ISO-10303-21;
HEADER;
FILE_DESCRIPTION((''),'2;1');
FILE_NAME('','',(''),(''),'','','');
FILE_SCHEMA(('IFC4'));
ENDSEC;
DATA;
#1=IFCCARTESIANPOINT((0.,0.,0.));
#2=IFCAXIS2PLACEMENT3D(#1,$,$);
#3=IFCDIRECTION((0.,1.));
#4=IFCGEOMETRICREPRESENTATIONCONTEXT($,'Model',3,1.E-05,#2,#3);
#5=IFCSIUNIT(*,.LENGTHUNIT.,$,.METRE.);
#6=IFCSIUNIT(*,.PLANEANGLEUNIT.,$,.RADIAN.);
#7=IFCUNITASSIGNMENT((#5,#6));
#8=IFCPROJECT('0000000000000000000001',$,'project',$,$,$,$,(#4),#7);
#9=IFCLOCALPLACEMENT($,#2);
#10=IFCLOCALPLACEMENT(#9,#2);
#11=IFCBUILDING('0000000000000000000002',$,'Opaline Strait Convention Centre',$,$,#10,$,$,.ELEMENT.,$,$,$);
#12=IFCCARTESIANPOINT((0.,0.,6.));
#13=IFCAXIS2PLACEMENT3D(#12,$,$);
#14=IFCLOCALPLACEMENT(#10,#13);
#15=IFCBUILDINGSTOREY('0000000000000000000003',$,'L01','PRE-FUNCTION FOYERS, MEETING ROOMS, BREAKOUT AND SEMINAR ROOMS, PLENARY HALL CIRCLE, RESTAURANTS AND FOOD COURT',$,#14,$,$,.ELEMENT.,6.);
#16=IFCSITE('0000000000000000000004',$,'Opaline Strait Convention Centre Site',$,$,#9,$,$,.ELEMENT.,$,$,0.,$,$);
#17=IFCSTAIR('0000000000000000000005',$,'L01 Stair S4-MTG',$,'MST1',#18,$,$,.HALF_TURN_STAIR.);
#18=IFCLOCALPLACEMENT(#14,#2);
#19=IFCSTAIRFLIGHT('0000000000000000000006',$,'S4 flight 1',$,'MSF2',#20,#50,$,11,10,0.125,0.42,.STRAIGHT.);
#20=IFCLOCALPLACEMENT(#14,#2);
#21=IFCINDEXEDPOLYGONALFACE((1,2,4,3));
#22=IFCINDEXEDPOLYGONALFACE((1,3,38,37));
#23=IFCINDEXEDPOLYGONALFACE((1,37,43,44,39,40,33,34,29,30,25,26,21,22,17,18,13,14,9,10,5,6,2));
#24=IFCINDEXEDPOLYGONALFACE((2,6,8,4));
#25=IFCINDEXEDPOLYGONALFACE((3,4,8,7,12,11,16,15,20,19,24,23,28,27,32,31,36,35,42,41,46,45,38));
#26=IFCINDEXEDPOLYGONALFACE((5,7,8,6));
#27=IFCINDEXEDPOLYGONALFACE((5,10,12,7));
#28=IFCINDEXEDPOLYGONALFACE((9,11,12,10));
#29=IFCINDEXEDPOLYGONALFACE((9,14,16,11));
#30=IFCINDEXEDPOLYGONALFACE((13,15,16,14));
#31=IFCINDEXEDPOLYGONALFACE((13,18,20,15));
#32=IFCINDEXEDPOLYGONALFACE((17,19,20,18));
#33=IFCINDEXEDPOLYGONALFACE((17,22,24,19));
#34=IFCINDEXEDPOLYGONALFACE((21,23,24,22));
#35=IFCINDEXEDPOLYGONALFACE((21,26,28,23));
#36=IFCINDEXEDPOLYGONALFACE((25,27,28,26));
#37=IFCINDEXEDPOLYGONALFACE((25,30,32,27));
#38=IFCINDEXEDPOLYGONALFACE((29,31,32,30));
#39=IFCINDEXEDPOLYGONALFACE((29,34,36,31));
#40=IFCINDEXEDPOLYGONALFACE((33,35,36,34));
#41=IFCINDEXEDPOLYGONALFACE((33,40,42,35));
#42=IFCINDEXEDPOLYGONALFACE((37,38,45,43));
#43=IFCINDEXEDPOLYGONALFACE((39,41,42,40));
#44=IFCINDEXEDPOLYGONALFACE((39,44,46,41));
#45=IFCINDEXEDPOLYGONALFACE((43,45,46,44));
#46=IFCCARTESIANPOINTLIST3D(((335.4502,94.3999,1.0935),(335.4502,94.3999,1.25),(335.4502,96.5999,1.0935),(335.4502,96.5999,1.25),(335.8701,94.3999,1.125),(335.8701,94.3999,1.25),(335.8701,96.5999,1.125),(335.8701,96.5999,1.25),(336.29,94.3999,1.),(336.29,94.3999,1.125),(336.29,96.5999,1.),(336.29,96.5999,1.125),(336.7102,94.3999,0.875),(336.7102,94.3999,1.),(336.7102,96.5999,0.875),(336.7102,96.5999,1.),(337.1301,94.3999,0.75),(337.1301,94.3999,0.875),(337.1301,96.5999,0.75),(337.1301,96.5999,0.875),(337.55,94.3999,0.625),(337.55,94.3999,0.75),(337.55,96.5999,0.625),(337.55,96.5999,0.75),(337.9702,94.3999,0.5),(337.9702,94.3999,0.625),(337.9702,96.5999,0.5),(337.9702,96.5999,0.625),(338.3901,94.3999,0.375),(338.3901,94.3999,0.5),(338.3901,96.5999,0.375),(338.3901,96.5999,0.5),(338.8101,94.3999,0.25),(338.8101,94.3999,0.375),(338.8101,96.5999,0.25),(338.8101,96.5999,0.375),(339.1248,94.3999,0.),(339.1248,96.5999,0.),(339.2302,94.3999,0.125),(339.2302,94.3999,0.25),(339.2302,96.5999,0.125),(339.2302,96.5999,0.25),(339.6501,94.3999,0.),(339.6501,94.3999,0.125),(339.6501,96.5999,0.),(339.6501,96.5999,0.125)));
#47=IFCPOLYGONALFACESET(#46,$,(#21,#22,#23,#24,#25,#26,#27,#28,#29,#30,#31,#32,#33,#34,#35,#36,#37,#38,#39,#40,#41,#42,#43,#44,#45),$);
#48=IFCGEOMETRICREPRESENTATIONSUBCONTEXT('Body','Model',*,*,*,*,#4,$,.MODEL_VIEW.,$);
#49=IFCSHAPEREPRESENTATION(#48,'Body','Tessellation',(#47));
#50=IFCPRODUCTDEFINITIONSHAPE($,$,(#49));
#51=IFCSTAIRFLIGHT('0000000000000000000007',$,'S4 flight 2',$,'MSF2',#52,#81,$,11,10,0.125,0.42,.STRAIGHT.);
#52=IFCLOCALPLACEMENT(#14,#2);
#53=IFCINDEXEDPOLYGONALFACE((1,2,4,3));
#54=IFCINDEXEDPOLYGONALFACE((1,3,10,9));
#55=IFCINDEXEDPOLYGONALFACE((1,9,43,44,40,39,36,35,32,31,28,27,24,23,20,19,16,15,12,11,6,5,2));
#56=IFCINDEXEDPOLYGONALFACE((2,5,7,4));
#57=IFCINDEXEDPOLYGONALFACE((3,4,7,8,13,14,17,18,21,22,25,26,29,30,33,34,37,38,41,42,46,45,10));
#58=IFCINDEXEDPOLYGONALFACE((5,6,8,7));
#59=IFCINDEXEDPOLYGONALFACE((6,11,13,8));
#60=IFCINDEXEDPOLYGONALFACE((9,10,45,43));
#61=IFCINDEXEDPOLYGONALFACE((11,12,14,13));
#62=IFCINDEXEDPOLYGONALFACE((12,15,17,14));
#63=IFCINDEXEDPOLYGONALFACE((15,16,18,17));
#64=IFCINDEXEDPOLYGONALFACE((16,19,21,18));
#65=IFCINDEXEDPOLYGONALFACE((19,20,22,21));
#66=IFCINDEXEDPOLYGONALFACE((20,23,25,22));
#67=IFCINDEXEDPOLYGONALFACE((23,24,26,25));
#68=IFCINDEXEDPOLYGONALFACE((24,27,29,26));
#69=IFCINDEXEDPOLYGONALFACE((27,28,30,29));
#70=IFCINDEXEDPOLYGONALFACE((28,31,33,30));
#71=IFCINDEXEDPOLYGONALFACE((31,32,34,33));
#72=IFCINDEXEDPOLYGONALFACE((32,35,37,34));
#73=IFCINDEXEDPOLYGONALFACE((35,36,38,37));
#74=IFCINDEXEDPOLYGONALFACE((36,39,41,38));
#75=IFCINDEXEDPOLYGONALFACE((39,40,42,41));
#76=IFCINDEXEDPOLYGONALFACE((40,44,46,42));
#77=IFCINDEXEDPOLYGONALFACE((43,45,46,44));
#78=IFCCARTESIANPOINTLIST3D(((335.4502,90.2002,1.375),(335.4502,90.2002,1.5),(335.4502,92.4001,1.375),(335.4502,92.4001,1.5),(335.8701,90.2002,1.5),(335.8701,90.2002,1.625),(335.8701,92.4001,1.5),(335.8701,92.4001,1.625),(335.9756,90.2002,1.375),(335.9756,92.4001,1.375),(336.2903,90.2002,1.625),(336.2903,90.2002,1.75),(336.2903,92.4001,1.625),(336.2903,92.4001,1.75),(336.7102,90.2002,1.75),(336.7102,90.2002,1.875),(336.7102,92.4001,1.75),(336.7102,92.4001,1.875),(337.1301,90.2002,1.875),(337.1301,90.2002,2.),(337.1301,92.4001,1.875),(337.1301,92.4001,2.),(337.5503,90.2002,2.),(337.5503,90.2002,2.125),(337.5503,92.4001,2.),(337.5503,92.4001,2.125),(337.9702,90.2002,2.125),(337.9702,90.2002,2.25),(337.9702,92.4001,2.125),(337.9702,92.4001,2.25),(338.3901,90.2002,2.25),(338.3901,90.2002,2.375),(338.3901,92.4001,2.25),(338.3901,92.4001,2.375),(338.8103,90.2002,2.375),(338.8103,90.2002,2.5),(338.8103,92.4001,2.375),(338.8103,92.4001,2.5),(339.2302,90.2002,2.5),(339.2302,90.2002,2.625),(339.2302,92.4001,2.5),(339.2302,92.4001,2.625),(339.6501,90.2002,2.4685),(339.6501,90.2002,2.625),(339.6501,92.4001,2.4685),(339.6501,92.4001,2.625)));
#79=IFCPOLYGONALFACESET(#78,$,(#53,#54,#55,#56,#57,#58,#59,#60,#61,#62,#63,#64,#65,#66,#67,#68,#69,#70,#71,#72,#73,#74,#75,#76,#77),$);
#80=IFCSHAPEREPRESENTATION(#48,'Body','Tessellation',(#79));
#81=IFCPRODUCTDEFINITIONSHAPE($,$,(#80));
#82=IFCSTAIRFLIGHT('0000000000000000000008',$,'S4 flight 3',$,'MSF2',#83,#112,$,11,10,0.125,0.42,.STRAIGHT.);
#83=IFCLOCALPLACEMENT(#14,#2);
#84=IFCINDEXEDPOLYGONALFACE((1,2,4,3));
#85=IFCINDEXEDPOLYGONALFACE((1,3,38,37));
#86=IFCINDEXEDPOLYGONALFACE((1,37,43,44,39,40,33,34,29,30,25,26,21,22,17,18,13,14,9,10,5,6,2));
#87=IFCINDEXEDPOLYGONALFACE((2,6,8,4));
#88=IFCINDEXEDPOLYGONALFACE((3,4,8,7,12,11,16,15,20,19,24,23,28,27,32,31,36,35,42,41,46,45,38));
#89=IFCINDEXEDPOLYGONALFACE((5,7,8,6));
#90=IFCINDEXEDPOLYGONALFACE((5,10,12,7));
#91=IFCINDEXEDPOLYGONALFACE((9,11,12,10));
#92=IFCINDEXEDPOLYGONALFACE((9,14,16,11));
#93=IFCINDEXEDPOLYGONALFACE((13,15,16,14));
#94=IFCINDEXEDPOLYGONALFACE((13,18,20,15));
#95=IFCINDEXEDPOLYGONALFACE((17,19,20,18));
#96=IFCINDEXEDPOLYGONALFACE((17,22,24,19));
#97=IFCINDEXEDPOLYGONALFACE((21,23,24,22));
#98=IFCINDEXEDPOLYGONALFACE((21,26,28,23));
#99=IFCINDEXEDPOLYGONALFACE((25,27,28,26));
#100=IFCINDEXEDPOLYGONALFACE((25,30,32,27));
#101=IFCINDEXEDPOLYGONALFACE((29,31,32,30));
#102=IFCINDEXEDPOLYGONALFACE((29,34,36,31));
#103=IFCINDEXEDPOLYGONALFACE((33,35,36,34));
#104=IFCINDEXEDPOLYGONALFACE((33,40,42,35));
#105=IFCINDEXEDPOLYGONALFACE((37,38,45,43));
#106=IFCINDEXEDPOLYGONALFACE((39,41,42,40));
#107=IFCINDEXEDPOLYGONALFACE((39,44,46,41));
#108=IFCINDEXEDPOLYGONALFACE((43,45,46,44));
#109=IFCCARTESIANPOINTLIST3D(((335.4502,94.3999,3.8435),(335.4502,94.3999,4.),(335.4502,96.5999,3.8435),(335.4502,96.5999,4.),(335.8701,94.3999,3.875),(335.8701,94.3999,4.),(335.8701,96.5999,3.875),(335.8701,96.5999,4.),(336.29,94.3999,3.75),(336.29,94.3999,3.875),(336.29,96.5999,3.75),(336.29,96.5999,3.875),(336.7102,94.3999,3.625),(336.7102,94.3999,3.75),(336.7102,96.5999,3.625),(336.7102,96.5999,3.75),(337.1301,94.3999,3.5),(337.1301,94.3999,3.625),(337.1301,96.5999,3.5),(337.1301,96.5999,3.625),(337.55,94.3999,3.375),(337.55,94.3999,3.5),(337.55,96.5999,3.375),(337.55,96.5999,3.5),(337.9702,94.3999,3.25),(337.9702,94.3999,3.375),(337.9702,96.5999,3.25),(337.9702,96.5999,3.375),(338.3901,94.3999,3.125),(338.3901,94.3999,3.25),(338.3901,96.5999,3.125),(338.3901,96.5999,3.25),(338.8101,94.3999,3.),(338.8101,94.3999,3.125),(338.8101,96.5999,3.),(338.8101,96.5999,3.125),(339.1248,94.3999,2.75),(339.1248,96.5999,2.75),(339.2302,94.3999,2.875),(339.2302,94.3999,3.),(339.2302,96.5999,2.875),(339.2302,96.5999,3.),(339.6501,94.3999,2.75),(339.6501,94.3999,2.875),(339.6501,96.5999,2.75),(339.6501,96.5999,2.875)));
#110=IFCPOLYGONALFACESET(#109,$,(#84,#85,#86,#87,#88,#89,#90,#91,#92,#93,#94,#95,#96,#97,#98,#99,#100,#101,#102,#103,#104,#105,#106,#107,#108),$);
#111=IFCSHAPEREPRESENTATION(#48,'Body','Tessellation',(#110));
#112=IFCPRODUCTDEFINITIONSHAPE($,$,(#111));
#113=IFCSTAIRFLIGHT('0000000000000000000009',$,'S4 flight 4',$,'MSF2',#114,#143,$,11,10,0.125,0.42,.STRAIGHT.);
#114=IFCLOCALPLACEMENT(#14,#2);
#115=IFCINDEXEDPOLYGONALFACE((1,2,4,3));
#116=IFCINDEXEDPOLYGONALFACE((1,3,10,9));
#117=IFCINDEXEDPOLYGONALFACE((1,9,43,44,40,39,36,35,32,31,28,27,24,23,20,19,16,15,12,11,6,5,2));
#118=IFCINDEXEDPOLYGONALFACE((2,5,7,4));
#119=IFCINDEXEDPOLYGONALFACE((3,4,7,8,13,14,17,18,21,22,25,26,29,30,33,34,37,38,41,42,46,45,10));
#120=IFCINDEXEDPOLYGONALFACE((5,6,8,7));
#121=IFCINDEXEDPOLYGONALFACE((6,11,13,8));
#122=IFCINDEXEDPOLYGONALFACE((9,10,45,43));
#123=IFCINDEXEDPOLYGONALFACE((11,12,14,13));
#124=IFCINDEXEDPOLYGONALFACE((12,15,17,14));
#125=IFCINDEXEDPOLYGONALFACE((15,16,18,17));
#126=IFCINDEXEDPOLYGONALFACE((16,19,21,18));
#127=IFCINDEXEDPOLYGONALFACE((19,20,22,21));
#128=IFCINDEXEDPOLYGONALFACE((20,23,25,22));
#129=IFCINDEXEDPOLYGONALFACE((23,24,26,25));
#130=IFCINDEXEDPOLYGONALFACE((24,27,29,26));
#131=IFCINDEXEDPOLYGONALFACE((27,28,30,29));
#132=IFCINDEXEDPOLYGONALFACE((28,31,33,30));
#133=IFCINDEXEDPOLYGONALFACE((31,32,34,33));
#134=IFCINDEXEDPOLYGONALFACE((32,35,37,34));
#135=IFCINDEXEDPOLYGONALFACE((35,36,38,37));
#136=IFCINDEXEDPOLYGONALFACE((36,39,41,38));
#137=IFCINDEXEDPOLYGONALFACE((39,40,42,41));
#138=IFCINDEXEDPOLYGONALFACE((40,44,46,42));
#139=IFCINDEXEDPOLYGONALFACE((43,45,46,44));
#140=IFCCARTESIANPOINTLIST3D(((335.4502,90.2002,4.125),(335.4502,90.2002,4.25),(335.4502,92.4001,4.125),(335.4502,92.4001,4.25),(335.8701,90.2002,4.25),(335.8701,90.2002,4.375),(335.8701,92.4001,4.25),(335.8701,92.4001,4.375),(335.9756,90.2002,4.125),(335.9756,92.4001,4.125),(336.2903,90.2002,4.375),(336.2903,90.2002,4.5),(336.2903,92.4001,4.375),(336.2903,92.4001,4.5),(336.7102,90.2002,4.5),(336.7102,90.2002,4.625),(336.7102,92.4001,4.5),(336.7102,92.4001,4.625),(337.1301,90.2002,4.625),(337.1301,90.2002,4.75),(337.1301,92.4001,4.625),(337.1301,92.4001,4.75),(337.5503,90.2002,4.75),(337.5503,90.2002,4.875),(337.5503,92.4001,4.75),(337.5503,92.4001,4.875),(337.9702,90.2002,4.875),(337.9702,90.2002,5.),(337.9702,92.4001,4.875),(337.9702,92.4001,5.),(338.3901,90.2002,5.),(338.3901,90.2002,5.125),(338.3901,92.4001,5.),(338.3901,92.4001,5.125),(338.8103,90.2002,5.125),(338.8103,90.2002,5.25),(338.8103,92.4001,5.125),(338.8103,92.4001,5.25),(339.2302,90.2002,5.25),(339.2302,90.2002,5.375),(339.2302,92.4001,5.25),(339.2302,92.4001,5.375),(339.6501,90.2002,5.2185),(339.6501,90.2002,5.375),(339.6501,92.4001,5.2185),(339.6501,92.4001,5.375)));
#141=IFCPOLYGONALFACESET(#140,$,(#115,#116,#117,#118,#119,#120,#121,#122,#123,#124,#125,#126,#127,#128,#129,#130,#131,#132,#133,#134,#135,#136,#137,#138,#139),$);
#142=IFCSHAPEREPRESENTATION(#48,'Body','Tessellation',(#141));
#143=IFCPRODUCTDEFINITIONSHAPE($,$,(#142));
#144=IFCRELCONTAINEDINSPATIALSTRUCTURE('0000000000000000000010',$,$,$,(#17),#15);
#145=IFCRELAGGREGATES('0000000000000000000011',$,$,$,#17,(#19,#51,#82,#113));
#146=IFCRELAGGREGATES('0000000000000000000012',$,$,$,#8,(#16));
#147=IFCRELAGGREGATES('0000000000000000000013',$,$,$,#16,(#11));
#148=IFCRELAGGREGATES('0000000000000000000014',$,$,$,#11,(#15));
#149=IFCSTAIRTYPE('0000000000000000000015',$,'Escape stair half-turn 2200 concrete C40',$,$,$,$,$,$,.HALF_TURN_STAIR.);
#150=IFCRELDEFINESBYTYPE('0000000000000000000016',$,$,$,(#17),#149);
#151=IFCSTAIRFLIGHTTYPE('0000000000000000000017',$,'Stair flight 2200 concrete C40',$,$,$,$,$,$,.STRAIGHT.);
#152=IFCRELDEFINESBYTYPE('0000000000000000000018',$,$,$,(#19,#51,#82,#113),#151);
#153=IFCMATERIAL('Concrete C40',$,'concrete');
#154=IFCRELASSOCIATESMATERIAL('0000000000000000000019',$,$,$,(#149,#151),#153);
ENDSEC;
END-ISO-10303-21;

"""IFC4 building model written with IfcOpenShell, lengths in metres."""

from ifc_helpers import new_model, si_unit, direction, frame, origin, place, context, subcontext, project, spatial, polyline, outline, extrude, material, type_object, element, aggregate, save


model = new_model("IFC4")

# Units and contexts
model_context = context("Model", 3, precision=1e-05, world=origin(), true_north=direction((0.0, 1.0)))
body_context = subcontext(model_context, "Body", "Model", "MODEL_VIEW")
ifc_project = project(units=[si_unit("LENGTHUNIT", "METRE"), si_unit("PLANEANGLEUNIT", "RADIAN")], contexts=[model_context])

# Site, building, storey
site_placement = place(None, origin())
site = spatial("IfcSite", under=ifc_project, at=site_placement, Name="Opaline Strait Convention Centre Site", CompositionType="ELEMENT", RefElevation=0.0)
building_placement = place(site_placement, origin())
building = spatial("IfcBuilding", under=site, at=building_placement, Name="Opaline Strait Convention Centre", CompositionType="ELEMENT")
storey_placement = place(building_placement, frame((0.0, 0.0, 6.0)))
storey = spatial("IfcBuildingStorey", under=building, at=storey_placement, Name="L01", Description="PRE-FUNCTION FOYERS, MEETING ROOMS, BREAKOUT AND SEMINAR ROOMS, PLENARY HALL CIRCLE, RESTAURANTS AND FOOD COURT", CompositionType="ELEMENT", Elevation=6.0)

# Stair, stair flights
ifc_material_1 = material(Name="Concrete C40", Category="concrete")
stair_type = type_object("IfcStairType", Name="Escape stair half-turn 2200 concrete C40", PredefinedType="HALF_TURN_STAIR", material=ifc_material_1)
stair_placement = place(storey_placement, origin())
stair = element("IfcStair", 1, at=stair_placement, inside=storey, type_object=stair_type, Name="L01 Stair S4-MTG", ObjectType="MST1", PredefinedType="HALF_TURN_STAIR")
stair_flight_type = type_object("IfcStairFlightType", Name="Stair flight 2200 concrete C40", PredefinedType="STRAIGHT", material=ifc_material_1)
stair_flight_1_placement = place(storey_placement, frame((339.6501, 95.5, 0.0), z_axis=(0.0, 0.0, 1.0), x_axis=(-1.0, 0.0, 0.0)))
stair_flight_1 = element("IfcStairFlight", 2, at=stair_flight_1_placement, type_object=stair_flight_type, Name="S4 flight 1", ObjectType="MSF2", NumberOfRisers=11, NumberOfTreads=10, PredefinedType="STRAIGHT", RiserHeight=0.125, TreadLength=0.42, context=body_context, shape_type="SweptSolid", body=[
    extrude(outline(polyline([(0.0, 0.0), (0.0, 0.125), (0.4199, 0.125), (0.4199, 0.25), (0.8401, 0.25), (0.8401, 0.375), (1.26, 0.375), (1.26, 0.5), (1.6799, 0.5), (1.6799, 0.625), (2.1001, 0.625), (2.1001, 0.75), (2.52, 0.75), (2.52, 0.875), (2.9399, 0.875), (2.9399, 1.0), (3.3601, 1.0), (3.3601, 1.125), (3.78, 1.125), (3.78, 1.25), (4.2, 1.25), (4.2, 1.375), (4.2, 1.0935), (0.5254, 0.0), (0.0, 0.0)])), frame((0.0, 1.1001, 0.0), z_axis=(0.0, -1.0, 0.0), x_axis=(1.0, 0.0, 0.0)), (0.0, 0.0, 1.0), 2.2),
])
stair_flight_2_placement = place(storey_placement, frame((335.4502, 91.3, 1.375), z_axis=(0.0, 0.0, 1.0), x_axis=(1.0, 0.0, 0.0)))
stair_flight_2 = element("IfcStairFlight", 3, at=stair_flight_2_placement, type_object=stair_flight_type, Name="S4 flight 2", ObjectType="MSF2", NumberOfRisers=11, NumberOfTreads=10, PredefinedType="STRAIGHT", RiserHeight=0.125, TreadLength=0.42, context=body_context, shape_type="SweptSolid", body=[
    extrude(outline(polyline([(0.0, 0.0), (0.0, 0.125), (0.4199, 0.125), (0.4199, 0.25), (0.8401, 0.25), (0.8401, 0.375), (1.26, 0.375), (1.26, 0.5), (1.6799, 0.5), (1.6799, 0.625), (2.1001, 0.625), (2.1001, 0.75), (2.52, 0.75), (2.52, 0.875), (2.9399, 0.875), (2.9399, 1.0), (3.3601, 1.0), (3.3601, 1.125), (3.78, 1.125), (3.78, 1.25), (4.2, 1.25), (4.2, 1.375), (4.2, 1.0935), (0.5254, 0.0), (0.0, 0.0)])), frame((0.0, 1.1001, 0.0), z_axis=(0.0, -1.0, 0.0), x_axis=(1.0, 0.0, 0.0)), (0.0, 0.0, 1.0), 2.2),
])
stair_flight_3_placement = place(storey_placement, frame((339.6501, 95.5, 2.75), z_axis=(0.0, 0.0, 1.0), x_axis=(-1.0, 0.0, 0.0)))
stair_flight_3 = element("IfcStairFlight", 4, at=stair_flight_3_placement, type_object=stair_flight_type, Name="S4 flight 3", ObjectType="MSF2", NumberOfRisers=11, NumberOfTreads=10, PredefinedType="STRAIGHT", RiserHeight=0.125, TreadLength=0.42, context=body_context, shape_type="SweptSolid", body=[
    extrude(outline(polyline([(0.0, 0.0), (0.0, 0.125), (0.4199, 0.125), (0.4199, 0.25), (0.8401, 0.25), (0.8401, 0.375), (1.26, 0.375), (1.26, 0.5), (1.6799, 0.5), (1.6799, 0.625), (2.1001, 0.625), (2.1001, 0.75), (2.52, 0.75), (2.52, 0.875), (2.9399, 0.875), (2.9399, 1.0), (3.3601, 1.0), (3.3601, 1.125), (3.78, 1.125), (3.78, 1.25), (4.2, 1.25), (4.2, 1.375), (4.2, 1.0935), (0.5254, 0.0), (0.0, 0.0)])), frame((0.0, 1.1001, 0.0), z_axis=(0.0, -1.0, 0.0), x_axis=(1.0, 0.0, 0.0)), (0.0, 0.0, 1.0), 2.2),
])
stair_flight_4_placement = place(storey_placement, frame((335.4502, 91.3, 4.125), z_axis=(0.0, 0.0, 1.0), x_axis=(1.0, 0.0, 0.0)))
stair_flight_4 = element("IfcStairFlight", 5, at=stair_flight_4_placement, type_object=stair_flight_type, Name="S4 flight 4", ObjectType="MSF2", NumberOfRisers=11, NumberOfTreads=10, PredefinedType="STRAIGHT", RiserHeight=0.125, TreadLength=0.42, context=body_context, shape_type="SweptSolid", body=[
    extrude(outline(polyline([(0.0, 0.0), (0.0, 0.125), (0.4199, 0.125), (0.4199, 0.25), (0.8401, 0.25), (0.8401, 0.375), (1.26, 0.375), (1.26, 0.5), (1.6799, 0.5), (1.6799, 0.625), (2.1001, 0.625), (2.1001, 0.75), (2.52, 0.75), (2.52, 0.875), (2.9399, 0.875), (2.9399, 1.0), (3.3601, 1.0), (3.3601, 1.125), (3.78, 1.125), (3.78, 1.25), (4.2, 1.25), (4.2, 1.375), (4.2, 1.0935), (0.5254, 0.0), (0.0, 0.0)])), frame((0.0, 1.1001, 0.0), z_axis=(0.0, -1.0, 0.0), x_axis=(1.0, 0.0, 0.0)), (0.0, 0.0, 1.0), 2.2),
])
aggregate(stair, [stair_flight_1, stair_flight_2, stair_flight_3, stair_flight_4])

save(model, "model.ifc")
